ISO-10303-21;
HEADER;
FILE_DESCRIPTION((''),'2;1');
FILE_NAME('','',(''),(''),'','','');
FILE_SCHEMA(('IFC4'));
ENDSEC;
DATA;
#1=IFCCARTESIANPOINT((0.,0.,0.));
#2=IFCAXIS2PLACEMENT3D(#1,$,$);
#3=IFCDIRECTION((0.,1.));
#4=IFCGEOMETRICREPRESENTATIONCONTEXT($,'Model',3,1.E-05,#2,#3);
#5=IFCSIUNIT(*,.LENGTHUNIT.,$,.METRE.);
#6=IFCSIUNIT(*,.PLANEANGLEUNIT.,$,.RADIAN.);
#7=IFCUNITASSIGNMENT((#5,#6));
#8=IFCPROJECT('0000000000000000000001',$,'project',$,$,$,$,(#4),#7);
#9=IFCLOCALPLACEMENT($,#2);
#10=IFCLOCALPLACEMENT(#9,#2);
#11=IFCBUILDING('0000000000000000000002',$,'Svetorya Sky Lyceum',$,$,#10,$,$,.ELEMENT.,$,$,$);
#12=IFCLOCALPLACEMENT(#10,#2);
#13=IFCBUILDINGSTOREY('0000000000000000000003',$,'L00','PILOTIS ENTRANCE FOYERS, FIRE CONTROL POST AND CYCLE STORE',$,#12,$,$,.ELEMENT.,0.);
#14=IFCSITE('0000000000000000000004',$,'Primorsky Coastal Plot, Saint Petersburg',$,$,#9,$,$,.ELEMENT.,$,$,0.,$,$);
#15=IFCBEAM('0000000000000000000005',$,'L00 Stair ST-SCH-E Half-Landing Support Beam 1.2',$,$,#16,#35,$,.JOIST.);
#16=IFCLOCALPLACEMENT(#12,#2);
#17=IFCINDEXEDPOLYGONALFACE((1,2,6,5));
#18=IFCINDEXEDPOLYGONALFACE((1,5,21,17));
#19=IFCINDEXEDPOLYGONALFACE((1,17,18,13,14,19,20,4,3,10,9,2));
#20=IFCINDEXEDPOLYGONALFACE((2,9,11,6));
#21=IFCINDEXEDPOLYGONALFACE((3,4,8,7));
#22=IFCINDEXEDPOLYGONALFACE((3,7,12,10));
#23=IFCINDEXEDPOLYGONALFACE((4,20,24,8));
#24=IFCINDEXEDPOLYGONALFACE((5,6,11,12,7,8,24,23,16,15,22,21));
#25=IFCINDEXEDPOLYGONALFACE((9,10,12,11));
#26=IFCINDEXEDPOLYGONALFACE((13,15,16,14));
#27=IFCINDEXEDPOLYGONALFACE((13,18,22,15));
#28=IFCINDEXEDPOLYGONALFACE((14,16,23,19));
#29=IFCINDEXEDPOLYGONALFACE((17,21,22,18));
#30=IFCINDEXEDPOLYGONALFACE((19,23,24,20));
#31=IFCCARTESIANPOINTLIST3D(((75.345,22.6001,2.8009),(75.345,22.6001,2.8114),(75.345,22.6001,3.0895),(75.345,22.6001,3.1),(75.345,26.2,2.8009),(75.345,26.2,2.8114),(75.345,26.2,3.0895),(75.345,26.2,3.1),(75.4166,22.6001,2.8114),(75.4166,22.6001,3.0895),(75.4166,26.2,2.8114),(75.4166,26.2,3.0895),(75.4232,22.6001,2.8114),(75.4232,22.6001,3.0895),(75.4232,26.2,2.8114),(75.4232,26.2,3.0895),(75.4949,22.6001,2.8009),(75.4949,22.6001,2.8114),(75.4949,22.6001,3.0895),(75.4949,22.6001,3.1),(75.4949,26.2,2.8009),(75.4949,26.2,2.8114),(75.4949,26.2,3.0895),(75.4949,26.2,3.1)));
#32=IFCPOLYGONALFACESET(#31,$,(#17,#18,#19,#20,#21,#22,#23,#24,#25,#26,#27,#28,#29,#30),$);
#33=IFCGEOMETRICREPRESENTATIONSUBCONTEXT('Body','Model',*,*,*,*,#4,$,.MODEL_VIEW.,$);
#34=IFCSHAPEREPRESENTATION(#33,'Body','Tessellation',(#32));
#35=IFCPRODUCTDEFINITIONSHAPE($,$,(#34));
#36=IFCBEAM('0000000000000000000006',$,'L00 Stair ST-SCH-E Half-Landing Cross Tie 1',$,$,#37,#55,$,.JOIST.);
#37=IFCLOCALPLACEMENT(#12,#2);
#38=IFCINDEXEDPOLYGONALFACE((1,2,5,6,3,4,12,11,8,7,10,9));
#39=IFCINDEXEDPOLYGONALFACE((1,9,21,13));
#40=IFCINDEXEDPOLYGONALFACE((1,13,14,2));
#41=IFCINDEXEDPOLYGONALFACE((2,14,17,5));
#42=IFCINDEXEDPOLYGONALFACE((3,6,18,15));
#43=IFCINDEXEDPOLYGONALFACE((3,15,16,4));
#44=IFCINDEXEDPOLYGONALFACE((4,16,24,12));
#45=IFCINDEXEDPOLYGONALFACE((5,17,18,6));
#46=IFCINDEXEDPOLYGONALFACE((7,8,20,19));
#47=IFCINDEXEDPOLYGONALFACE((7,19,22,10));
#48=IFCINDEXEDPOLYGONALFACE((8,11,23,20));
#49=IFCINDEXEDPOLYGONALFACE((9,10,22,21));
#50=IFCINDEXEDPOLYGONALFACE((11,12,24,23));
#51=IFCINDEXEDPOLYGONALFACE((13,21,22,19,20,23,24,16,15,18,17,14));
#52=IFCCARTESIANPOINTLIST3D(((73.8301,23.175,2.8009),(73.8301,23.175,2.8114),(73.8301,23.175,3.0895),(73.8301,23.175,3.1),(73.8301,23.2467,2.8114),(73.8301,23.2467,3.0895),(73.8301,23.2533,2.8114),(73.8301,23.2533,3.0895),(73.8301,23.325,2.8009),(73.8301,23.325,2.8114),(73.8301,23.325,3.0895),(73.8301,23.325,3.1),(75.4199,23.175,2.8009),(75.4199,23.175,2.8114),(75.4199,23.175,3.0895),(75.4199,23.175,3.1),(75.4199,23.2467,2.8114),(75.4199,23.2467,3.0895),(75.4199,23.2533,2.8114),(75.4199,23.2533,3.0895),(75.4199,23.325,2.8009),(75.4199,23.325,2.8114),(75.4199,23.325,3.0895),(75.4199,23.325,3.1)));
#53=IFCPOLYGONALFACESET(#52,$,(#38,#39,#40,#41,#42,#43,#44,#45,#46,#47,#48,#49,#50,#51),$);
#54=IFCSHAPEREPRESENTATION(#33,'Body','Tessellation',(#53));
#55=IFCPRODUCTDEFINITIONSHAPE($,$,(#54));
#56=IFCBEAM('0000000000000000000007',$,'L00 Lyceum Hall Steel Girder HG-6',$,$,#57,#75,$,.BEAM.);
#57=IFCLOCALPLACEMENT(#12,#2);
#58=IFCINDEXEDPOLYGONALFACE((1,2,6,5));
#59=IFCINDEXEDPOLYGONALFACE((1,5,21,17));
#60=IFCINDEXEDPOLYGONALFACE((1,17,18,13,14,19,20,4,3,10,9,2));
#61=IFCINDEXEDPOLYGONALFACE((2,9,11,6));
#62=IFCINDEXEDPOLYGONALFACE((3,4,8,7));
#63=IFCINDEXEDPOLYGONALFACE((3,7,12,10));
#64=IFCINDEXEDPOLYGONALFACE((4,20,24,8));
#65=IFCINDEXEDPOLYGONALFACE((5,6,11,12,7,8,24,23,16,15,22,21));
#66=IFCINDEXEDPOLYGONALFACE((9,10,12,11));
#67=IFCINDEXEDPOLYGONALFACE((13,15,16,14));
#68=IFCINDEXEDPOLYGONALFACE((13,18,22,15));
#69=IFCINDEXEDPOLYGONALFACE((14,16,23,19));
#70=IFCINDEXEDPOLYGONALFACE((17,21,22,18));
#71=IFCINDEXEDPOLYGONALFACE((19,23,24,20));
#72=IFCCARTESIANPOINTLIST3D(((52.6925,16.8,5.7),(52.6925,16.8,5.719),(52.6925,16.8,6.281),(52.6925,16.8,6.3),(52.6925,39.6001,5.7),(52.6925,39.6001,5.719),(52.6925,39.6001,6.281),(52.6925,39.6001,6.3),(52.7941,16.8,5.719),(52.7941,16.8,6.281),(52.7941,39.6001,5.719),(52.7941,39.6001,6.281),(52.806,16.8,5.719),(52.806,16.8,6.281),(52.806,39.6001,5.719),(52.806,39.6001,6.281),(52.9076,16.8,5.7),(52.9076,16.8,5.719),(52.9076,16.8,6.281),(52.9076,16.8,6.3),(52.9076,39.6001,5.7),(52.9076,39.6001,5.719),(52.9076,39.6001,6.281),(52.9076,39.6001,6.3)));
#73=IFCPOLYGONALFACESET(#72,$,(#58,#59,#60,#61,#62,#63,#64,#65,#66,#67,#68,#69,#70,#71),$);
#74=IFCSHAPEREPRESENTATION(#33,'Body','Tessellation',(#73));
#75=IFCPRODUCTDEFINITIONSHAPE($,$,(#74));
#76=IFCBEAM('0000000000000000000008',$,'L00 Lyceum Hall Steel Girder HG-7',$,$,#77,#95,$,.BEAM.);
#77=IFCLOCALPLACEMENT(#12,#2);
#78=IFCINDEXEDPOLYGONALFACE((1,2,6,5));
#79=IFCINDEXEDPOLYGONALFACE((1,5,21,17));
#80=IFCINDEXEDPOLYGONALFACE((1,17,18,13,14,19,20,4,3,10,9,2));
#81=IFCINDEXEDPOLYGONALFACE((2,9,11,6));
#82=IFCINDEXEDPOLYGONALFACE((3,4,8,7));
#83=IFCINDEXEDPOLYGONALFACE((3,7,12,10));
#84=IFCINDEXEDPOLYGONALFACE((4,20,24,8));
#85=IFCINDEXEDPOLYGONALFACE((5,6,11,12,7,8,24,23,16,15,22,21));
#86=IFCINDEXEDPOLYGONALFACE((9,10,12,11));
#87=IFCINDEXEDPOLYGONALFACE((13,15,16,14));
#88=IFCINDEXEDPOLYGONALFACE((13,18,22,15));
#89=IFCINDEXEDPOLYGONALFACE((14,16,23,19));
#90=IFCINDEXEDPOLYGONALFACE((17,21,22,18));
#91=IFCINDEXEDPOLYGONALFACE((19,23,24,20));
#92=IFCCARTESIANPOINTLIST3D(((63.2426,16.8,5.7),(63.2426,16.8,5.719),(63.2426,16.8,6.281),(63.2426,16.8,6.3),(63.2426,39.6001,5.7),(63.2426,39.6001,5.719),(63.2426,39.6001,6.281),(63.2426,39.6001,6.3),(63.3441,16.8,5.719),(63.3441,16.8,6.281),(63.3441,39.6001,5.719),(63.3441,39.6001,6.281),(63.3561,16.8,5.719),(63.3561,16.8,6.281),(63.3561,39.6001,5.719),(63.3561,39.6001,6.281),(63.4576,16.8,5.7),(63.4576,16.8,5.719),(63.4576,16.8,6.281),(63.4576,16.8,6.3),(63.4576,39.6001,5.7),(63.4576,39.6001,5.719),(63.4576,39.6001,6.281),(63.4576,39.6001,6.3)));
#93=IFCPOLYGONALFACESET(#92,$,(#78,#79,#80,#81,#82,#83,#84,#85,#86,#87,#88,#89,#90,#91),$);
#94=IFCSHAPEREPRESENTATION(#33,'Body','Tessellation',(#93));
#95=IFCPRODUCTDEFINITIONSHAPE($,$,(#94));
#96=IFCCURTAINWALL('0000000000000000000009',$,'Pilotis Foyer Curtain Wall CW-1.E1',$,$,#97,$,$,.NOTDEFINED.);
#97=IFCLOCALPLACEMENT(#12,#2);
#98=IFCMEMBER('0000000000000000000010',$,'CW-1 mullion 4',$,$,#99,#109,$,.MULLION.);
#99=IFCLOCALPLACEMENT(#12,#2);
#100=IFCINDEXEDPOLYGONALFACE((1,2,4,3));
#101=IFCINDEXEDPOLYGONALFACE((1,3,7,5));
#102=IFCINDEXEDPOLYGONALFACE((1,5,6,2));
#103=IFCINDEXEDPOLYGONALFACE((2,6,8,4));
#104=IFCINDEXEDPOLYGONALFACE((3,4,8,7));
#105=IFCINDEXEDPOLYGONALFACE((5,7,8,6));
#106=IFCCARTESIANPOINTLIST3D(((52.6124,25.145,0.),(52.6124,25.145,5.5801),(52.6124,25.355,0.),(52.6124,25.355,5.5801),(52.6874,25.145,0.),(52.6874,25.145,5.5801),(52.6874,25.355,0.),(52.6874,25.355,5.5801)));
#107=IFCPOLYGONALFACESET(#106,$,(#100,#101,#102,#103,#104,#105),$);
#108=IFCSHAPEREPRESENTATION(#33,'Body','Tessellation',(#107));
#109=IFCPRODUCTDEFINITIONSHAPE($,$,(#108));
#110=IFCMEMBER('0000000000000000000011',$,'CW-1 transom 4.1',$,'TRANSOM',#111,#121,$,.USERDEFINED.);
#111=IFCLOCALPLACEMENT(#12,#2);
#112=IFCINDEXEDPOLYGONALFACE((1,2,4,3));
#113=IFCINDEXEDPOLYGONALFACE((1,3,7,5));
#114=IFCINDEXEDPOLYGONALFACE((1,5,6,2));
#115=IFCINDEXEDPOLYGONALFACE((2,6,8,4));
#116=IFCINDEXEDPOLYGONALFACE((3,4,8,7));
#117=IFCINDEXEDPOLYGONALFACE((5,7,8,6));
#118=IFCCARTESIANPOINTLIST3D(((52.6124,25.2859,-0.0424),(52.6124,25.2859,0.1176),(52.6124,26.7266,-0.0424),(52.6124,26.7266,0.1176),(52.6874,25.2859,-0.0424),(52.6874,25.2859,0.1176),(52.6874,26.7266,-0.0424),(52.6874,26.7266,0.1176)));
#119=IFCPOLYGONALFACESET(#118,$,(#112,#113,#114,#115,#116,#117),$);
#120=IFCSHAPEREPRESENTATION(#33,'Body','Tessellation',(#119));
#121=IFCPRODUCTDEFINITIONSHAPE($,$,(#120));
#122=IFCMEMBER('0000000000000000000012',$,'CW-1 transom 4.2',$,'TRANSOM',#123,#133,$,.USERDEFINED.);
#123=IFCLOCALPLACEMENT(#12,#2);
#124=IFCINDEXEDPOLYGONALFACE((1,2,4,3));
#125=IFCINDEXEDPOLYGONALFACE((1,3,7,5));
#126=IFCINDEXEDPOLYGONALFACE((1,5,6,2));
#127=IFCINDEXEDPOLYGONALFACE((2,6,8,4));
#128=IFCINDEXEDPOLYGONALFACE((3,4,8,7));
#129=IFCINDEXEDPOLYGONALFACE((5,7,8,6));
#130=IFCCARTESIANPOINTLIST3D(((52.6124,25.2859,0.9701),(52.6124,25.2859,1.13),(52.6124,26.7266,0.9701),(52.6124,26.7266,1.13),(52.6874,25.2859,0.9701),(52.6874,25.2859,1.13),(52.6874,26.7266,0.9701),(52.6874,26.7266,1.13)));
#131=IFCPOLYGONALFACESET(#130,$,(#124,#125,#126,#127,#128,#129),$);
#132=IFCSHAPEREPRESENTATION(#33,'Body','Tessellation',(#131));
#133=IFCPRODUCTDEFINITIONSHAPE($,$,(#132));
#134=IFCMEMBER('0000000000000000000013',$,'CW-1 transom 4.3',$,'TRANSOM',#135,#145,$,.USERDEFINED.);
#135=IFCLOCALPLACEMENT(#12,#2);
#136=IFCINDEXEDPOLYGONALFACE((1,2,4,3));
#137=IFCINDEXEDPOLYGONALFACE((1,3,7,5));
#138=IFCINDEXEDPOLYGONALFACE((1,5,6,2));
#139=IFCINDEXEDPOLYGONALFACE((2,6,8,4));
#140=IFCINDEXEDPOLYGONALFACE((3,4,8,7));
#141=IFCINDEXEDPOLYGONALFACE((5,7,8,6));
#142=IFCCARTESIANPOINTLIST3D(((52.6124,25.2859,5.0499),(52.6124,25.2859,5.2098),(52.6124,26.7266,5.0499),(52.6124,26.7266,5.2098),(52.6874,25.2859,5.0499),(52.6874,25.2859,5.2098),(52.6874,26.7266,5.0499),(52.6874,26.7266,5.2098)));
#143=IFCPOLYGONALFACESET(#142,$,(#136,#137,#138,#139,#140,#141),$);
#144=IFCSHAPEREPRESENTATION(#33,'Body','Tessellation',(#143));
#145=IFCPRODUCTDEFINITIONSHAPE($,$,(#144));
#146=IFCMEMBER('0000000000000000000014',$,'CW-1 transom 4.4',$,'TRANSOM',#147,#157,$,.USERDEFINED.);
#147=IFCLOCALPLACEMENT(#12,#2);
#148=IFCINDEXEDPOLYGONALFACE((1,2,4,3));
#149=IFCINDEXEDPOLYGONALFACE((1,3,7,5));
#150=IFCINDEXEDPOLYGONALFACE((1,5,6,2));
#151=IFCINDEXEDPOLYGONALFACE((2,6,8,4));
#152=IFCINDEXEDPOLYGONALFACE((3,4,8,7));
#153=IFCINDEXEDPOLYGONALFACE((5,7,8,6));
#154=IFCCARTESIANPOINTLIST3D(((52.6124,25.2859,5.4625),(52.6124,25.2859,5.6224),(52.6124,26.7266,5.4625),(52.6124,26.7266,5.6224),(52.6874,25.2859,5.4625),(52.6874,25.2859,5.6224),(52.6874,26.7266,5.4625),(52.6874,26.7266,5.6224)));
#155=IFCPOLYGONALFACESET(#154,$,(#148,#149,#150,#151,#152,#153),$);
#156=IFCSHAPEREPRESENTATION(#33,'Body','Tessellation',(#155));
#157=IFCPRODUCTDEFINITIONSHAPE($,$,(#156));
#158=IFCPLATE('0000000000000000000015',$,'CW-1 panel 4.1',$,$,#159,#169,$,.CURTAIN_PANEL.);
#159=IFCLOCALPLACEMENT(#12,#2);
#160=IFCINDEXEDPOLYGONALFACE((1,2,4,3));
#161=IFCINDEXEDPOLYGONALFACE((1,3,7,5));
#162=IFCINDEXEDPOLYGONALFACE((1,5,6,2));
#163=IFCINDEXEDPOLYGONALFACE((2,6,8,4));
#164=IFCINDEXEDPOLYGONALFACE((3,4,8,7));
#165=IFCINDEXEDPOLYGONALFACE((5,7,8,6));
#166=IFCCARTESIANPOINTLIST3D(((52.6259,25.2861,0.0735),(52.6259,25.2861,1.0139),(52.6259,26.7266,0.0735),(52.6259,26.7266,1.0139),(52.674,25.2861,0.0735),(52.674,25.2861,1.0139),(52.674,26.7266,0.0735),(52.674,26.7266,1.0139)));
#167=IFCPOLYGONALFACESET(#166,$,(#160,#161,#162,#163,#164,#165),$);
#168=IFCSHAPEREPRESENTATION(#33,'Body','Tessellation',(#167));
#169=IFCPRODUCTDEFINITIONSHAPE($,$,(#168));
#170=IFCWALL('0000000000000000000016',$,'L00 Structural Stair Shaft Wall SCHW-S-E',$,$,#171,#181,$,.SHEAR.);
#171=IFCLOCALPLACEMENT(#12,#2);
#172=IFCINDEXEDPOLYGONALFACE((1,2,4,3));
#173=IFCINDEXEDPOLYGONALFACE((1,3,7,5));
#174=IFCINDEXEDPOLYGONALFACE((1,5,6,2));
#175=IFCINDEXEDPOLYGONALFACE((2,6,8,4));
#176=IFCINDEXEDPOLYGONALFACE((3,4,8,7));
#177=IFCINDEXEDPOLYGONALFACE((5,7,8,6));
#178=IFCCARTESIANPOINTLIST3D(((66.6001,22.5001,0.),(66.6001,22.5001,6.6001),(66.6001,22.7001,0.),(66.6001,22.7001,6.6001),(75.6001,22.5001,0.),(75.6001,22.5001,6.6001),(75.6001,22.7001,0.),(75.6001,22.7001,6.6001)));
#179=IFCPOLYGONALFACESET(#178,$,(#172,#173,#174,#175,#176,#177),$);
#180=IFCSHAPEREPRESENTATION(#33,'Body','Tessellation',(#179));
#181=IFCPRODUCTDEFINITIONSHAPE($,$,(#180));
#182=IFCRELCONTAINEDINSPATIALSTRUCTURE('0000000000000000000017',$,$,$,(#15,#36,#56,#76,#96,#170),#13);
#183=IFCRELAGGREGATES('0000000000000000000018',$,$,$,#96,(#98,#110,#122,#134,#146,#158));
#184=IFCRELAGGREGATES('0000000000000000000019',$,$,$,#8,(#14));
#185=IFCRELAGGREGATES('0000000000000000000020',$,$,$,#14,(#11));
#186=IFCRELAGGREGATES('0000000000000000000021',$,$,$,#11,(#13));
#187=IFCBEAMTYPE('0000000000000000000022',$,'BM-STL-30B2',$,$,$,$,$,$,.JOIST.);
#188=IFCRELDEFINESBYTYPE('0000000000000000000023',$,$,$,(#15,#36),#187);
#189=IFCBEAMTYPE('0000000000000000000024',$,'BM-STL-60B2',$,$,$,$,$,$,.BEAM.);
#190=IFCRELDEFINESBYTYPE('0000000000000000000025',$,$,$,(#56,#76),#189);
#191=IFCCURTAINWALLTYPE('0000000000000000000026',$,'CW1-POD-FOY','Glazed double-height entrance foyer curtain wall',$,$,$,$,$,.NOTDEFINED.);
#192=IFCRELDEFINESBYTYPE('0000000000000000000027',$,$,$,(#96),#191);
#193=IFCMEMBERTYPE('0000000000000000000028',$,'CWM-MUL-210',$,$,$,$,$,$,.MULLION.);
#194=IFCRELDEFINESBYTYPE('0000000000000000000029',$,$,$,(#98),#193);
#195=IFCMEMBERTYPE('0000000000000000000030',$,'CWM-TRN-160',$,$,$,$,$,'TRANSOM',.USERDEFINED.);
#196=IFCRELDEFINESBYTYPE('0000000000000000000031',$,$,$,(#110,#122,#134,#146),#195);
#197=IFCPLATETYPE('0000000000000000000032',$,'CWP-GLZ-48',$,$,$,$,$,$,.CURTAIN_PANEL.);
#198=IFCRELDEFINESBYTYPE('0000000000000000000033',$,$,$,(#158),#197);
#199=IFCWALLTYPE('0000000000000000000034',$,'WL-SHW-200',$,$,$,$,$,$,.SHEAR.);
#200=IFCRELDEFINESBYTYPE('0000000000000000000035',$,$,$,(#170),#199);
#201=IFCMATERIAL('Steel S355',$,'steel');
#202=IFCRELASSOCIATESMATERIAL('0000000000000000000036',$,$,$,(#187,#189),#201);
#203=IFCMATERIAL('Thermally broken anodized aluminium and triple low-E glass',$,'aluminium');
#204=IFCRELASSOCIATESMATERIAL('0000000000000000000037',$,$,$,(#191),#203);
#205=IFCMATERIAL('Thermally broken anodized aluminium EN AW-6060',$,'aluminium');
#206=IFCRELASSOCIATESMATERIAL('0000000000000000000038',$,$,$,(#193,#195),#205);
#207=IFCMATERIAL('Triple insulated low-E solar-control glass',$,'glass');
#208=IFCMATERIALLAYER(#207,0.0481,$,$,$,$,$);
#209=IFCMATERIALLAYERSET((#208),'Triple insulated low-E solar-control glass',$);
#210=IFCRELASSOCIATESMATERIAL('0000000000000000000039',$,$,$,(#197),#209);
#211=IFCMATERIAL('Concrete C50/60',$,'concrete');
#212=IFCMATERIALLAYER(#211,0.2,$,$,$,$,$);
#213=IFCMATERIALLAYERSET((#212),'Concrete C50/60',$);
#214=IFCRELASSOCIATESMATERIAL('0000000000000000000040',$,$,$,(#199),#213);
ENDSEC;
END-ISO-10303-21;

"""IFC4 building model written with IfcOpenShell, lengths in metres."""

from ifc_helpers import new_model, si_unit, direction, frame, frame_2d, origin, origin_2d, place, context, subcontext, project, spatial, rectangle, i_section, extrude, material, layer, layer_set, material_profile, profile_set, type_object, element, aggregate, save


model = new_model("IFC4")

# Units and contexts
model_context = context("Model", 3, precision=1e-05, world=origin(), true_north=direction((0.0, 1.0)))
body_context = subcontext(model_context, "Body", "Model", "MODEL_VIEW")
ifc_project = project(units=[si_unit("LENGTHUNIT", "METRE"), si_unit("PLANEANGLEUNIT", "RADIAN")], contexts=[model_context])

# Site, building, storey
site_placement = place(None, origin())
site = spatial("IfcSite", under=ifc_project, at=site_placement, Name="Primorsky Coastal Plot, Saint Petersburg", CompositionType="ELEMENT", RefElevation=0.0)
building_placement = place(site_placement, origin())
building = spatial("IfcBuilding", under=site, at=building_placement, Name="Svetorya Sky Lyceum", CompositionType="ELEMENT")
storey_placement = place(building_placement, origin())
storey = spatial("IfcBuildingStorey", under=building, at=storey_placement, Name="L00", Description="PILOTIS ENTRANCE FOYERS, FIRE CONTROL POST AND CYCLE STORE", CompositionType="ELEMENT", Elevation=0.0)

# Beams
ifc_material_1 = material(Name="Concrete C50/60", Category="concrete")
ifc_material_2 = material(Name="Steel S355", Category="steel")
ifc_material_profile_1 = material_profile(ifc_material_2, i_section(OverallWidth=0.1499, OverallDepth=0.2991, WebThickness=0.0066, FlangeThickness=0.0105, at=origin_2d()), Name="GOST 30B2")
ifc_profile_set_1 = profile_set([ifc_material_profile_1], Name="Steel S355")
beam_type_1 = type_object("IfcBeamType", Name="BM-STL-30B2", PredefinedType="JOIST", material=ifc_profile_set_1)
for number, where, z_axis, x_axis, name in (
    (1, (75.4199, 22.6001, 2.9504), (0.0, 1.0, 0.0), (-1.0, 0.0, 0.0), "L00 Stair ST-SCH-E Half-Landing Support Beam 1.2"),
):
    element("IfcBeam", number, at=place(storey_placement, frame(where, z_axis=z_axis, x_axis=x_axis)), inside=storey, type_object=beam_type_1, Name=name, PredefinedType="JOIST", context=body_context, shape_type="SweptSolid", body=[
        extrude(i_section(OverallWidth=0.1499, OverallDepth=0.2991, WebThickness=0.0066, FlangeThickness=0.0105, at=origin_2d()), origin(), (0.0, 0.0, 1.0), 3.5999),
    ])
beam_1_placement = place(storey_placement, frame((73.8301, 23.25, 2.9504), z_axis=(1.0, 0.0, 0.0), x_axis=(0.0, 1.0, 0.0)))
element("IfcBeam", 2, at=beam_1_placement, inside=storey, type_object=beam_type_1, Name="L00 Stair ST-SCH-E Half-Landing Cross Tie 1", PredefinedType="JOIST", context=body_context, shape_type="SweptSolid", body=[
    extrude(i_section(OverallWidth=0.1499, OverallDepth=0.2991, WebThickness=0.0066, FlangeThickness=0.0105, at=origin_2d()), origin(), (0.0, 0.0, 1.0), 1.5898),
])
ifc_material_profile_2 = material_profile(ifc_material_2, i_section(OverallWidth=0.2151, OverallDepth=0.6001, WebThickness=0.012, FlangeThickness=0.019, at=origin_2d()), Name="GOST 60B2")
ifc_profile_set_2 = profile_set([ifc_material_profile_2], Name="Steel S355")
beam_type_2 = type_object("IfcBeamType", Name="BM-STL-60B2", PredefinedType="BEAM", material=ifc_profile_set_2)
for number, where, z_axis, x_axis, name in (
    (3, (52.8, 16.8, 6.0), (0.0, 1.0, 0.0), (-1.0, 0.0, 0.0), "L00 Lyceum Hall Steel Girder HG-6"),
    (4, (63.3501, 16.8, 6.0), (0.0, 1.0, 0.0), (-1.0, 0.0, 0.0), "L00 Lyceum Hall Steel Girder HG-7"),
):
    element("IfcBeam", number, at=place(storey_placement, frame(where, z_axis=z_axis, x_axis=x_axis)), inside=storey, type_object=beam_type_2, Name=name, PredefinedType="BEAM", context=body_context, shape_type="SweptSolid", body=[
        extrude(i_section(OverallWidth=0.2151, OverallDepth=0.6001, WebThickness=0.012, FlangeThickness=0.019, at=origin_2d()), origin(), (0.0, 0.0, 1.0), 22.8),
    ])

# Curtain wall, members, plate
ifc_material_3 = material(Name="Thermally broken anodized aluminium and triple low-E glass", Category="aluminium")
curtain_wall_type = type_object("IfcCurtainWallType", Name="CW1-POD-FOY", Description="Glazed double-height entrance foyer curtain wall", PredefinedType="NOTDEFINED", material=ifc_material_3)
curtain_wall_placement = place(storey_placement, origin())
curtain_wall = element("IfcCurtainWall", 5, at=curtain_wall_placement, inside=storey, type_object=curtain_wall_type, Name="Pilotis Foyer Curtain Wall CW-1.E1", PredefinedType="NOTDEFINED")
ifc_material_4 = material(Name="Thermally broken anodized aluminium EN AW-6060", Category="aluminium")
ifc_material_profile_3 = material_profile(ifc_material_4, rectangle(XDim=0.075, YDim=0.21, at=origin_2d()), Name="ALU MULLION 75x210")
ifc_profile_set_3 = profile_set([ifc_material_profile_3], Name="Thermally broken anodized aluminium EN AW-6060")
member_type_1 = type_object("IfcMemberType", Name="CWM-MUL-210", PredefinedType="MULLION", material=ifc_profile_set_3)
member_1_placement = place(storey_placement, frame((52.6499, 25.25, 0.0), z_axis=(0.0, 0.0, 1.0), x_axis=(-1.0, 0.0, 0.0)))
member_1 = element("IfcMember", 6, at=member_1_placement, type_object=member_type_1, Name="CW-1 mullion 4", PredefinedType="MULLION", context=body_context, shape_type="SweptSolid", body=[
    extrude(rectangle(XDim=0.075, YDim=0.21, at=origin_2d()), origin(), (0.0, 0.0, 1.0), 5.5801),
])
ifc_material_profile_4 = material_profile(ifc_material_4, rectangle(XDim=0.075, YDim=0.1599, at=origin_2d()), Name="ALU TRANSOM 75x160")
ifc_profile_set_4 = profile_set([ifc_material_profile_4], Name="Thermally broken anodized aluminium EN AW-6060")
member_type_2 = type_object("IfcMemberType", Name="CWM-TRN-160", ElementType="TRANSOM", PredefinedType="USERDEFINED", material=ifc_profile_set_4)
member_2_placement = place(storey_placement, frame((52.6499, 25.2859, 0.0376), z_axis=(0.0, 1.0, 0.0), x_axis=(-1.0, 0.0, 0.0)))
member_2 = element("IfcMember", 7, at=member_2_placement, type_object=member_type_2, Name="CW-1 transom 4.1", ObjectType="TRANSOM", PredefinedType="USERDEFINED", context=body_context, shape_type="SweptSolid", body=[
    extrude(rectangle(XDim=0.075, YDim=0.1599, at=origin_2d()), origin(), (0.0, 0.0, 1.0), 1.4407),
])
member_3_placement = place(storey_placement, frame((52.6499, 25.2859, 1.05), z_axis=(0.0, 1.0, 0.0), x_axis=(-1.0, 0.0, 0.0)))
member_3 = element("IfcMember", 8, at=member_3_placement, type_object=member_type_2, Name="CW-1 transom 4.2", ObjectType="TRANSOM", PredefinedType="USERDEFINED", context=body_context, shape_type="SweptSolid", body=[
    extrude(rectangle(XDim=0.075, YDim=0.1599, at=origin_2d()), origin(), (0.0, 0.0, 1.0), 1.4407),
])
member_4_placement = place(storey_placement, frame((52.6499, 25.2859, 5.1299), z_axis=(0.0, 1.0, 0.0), x_axis=(-1.0, 0.0, 0.0)))
member_4 = element("IfcMember", 9, at=member_4_placement, type_object=member_type_2, Name="CW-1 transom 4.3", ObjectType="TRANSOM", PredefinedType="USERDEFINED", context=body_context, shape_type="SweptSolid", body=[
    extrude(rectangle(XDim=0.075, YDim=0.1599, at=origin_2d()), origin(), (0.0, 0.0, 1.0), 1.4407),
])
member_5_placement = place(storey_placement, frame((52.6499, 25.2859, 5.5425), z_axis=(0.0, 1.0, 0.0), x_axis=(-1.0, 0.0, 0.0)))
member_5 = element("IfcMember", 10, at=member_5_placement, type_object=member_type_2, Name="CW-1 transom 4.4", ObjectType="TRANSOM", PredefinedType="USERDEFINED", context=body_context, shape_type="SweptSolid", body=[
    extrude(rectangle(XDim=0.075, YDim=0.1599, at=origin_2d()), origin(), (0.0, 0.0, 1.0), 1.4407),
])
ifc_material_5 = material(Name="Triple insulated low-E solar-control glass", Category="glass")
ifc_layer_1 = layer(ifc_material_5, 0.0481)
ifc_layer_set_1 = layer_set([ifc_layer_1], Name="Triple insulated low-E solar-control glass")
plate_type = type_object("IfcPlateType", Name="CWP-GLZ-48", PredefinedType="CURTAIN_PANEL", material=ifc_layer_set_1)
plate_placement = place(storey_placement, frame((52.6499, 26.0063, 0.0735), z_axis=(0.0, 0.0, 1.0), x_axis=(0.0, 1.0, 0.0)))
plate = element("IfcPlate", 11, at=plate_placement, type_object=plate_type, Name="CW-1 panel 4.1", PredefinedType="CURTAIN_PANEL", context=body_context, shape_type="SweptSolid", body=[
    extrude(rectangle(XDim=1.4404, YDim=0.0481, at=origin_2d()), origin(), (0.0, 0.0, 1.0), 0.9404),
])
aggregate(curtain_wall, [member_1, member_2, member_3, member_4, member_5, plate])

# Wall
ifc_layer_2 = layer(ifc_material_1, 0.2)
ifc_layer_set_2 = layer_set([ifc_layer_2], Name="Concrete C50/60")
wall_type = type_object("IfcWallType", Name="WL-SHW-200", PredefinedType="SHEAR", material=ifc_layer_set_2)
wall_placement = place(storey_placement, frame((66.6001, 22.6001, 0.0), z_axis=(0.0, 0.0, 1.0), x_axis=(1.0, 0.0, 0.0)))
element("IfcWall", 12, at=wall_placement, inside=storey, type_object=wall_type, Name="L00 Structural Stair Shaft Wall SCHW-S-E", PredefinedType="SHEAR", context=body_context, shape_type="SweptSolid", body=[
    extrude(rectangle(XDim=9.0, YDim=0.2, at=frame_2d((4.5, 0.0))), origin(), (0.0, 0.0, 1.0), 6.6001),
])

save(model, "model.ifc")
